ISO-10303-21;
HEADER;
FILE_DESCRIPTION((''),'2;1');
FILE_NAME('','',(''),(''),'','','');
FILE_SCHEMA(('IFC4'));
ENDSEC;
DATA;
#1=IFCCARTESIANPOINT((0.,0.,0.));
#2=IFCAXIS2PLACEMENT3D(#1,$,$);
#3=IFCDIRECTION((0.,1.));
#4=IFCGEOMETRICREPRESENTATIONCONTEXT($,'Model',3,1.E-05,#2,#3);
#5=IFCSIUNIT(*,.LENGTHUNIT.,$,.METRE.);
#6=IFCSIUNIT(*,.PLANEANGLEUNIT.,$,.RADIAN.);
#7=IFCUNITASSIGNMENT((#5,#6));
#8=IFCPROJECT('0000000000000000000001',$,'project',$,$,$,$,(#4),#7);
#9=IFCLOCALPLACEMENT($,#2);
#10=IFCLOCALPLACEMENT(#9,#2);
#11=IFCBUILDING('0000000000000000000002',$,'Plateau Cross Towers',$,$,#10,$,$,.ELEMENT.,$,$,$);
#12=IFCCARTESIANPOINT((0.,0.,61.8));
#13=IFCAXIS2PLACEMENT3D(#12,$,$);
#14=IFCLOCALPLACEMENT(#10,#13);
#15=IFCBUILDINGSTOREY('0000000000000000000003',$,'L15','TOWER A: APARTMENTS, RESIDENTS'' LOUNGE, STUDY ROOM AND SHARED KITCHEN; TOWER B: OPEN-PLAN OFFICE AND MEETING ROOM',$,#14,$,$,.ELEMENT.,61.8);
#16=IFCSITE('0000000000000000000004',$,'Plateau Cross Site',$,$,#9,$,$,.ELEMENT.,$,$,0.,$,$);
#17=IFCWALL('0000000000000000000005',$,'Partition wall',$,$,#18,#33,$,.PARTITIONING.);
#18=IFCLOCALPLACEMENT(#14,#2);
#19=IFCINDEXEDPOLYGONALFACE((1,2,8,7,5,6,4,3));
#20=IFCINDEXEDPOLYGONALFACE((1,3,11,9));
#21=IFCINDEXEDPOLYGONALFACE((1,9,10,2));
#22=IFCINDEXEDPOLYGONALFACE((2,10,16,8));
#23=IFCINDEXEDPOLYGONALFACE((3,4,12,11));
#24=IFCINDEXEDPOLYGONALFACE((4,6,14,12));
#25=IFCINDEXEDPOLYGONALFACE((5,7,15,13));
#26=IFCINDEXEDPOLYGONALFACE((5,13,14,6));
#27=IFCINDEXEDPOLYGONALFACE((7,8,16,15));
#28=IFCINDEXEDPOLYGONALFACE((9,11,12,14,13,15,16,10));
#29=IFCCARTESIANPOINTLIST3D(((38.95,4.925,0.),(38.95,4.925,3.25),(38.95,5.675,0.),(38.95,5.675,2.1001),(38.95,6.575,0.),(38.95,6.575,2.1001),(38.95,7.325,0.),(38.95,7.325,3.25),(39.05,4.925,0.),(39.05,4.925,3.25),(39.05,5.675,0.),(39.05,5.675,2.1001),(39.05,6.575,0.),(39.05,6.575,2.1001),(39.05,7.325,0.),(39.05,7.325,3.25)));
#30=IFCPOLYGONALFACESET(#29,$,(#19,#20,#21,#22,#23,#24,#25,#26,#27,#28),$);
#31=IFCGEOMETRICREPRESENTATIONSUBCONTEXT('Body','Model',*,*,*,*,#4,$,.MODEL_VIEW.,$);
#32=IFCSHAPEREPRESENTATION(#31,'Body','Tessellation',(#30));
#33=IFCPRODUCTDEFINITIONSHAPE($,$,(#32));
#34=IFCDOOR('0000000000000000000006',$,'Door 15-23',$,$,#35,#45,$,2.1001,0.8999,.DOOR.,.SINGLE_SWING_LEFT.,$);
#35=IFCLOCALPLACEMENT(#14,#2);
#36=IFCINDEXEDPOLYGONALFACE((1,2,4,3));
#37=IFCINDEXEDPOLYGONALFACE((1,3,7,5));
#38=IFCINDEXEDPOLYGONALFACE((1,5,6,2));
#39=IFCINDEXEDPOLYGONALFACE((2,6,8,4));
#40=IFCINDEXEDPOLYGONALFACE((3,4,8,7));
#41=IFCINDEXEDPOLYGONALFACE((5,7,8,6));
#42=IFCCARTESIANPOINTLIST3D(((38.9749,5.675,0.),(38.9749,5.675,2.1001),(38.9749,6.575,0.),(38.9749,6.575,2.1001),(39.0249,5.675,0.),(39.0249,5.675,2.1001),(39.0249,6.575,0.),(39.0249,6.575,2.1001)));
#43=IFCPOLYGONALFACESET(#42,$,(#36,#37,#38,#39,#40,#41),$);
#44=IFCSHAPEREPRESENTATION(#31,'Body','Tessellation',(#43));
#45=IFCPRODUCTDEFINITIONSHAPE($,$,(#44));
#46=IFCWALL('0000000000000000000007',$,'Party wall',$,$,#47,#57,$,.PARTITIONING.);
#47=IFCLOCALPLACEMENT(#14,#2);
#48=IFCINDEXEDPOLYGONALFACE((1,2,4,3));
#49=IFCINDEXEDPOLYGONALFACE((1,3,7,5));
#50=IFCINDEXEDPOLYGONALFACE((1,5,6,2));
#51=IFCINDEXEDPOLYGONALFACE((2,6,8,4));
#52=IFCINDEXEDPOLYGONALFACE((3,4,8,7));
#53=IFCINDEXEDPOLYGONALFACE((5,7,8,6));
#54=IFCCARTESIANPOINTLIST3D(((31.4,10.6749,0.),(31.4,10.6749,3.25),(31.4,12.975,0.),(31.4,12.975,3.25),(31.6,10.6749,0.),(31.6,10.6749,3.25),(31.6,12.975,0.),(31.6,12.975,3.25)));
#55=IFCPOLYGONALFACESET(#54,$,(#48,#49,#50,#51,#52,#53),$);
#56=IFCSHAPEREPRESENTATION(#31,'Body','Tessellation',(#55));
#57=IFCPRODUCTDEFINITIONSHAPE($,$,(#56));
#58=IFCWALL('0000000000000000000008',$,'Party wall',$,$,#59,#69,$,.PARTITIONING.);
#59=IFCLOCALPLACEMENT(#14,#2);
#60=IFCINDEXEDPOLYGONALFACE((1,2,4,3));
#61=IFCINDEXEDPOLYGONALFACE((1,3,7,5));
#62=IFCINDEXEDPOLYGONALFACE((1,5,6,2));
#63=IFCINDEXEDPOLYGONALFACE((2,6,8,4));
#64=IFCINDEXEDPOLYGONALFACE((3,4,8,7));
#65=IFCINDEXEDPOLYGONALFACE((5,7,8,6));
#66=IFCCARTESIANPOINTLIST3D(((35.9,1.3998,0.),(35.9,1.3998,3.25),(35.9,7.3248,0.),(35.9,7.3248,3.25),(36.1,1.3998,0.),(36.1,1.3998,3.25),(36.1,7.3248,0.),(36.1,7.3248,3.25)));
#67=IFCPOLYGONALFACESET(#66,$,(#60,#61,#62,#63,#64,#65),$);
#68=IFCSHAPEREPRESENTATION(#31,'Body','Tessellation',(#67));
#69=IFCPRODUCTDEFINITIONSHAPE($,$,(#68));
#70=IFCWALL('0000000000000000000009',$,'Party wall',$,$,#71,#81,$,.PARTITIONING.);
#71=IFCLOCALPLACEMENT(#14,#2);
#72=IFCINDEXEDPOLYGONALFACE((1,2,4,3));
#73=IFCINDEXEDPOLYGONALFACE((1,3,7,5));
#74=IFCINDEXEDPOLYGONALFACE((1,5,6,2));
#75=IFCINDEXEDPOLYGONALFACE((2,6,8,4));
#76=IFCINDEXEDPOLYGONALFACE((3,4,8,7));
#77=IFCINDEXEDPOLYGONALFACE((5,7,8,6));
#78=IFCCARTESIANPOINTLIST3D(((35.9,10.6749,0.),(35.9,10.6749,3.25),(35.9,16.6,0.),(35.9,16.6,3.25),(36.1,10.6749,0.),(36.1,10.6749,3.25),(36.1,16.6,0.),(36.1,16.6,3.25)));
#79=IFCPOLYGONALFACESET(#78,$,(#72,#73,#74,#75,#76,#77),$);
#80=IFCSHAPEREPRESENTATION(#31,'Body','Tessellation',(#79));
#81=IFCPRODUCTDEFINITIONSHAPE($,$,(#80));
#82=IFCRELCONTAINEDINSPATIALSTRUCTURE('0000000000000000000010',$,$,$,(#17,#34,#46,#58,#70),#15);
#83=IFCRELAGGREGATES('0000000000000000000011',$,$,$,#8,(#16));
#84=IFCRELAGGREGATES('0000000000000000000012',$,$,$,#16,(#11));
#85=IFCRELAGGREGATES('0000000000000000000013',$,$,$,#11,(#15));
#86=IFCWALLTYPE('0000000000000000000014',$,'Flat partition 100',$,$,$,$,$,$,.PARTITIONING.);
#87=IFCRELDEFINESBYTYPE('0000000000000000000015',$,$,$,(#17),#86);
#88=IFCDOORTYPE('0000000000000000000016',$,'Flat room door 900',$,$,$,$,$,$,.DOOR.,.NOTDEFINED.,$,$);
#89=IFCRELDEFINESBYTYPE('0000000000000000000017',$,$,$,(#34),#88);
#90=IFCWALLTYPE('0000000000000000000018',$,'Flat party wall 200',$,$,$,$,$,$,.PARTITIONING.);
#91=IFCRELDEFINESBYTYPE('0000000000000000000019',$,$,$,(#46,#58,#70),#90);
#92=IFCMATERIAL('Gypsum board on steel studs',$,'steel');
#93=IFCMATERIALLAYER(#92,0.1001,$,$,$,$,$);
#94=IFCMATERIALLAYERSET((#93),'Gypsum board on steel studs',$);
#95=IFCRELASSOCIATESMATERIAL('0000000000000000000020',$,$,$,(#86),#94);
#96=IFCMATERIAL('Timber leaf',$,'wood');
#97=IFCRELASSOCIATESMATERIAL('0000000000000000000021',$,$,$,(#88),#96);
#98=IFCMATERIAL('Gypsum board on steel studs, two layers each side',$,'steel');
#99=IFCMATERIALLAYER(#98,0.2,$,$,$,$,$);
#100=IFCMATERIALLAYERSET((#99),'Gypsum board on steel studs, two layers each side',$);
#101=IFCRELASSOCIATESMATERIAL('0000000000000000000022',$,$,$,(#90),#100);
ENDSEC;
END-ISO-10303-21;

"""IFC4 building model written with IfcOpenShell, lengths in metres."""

from ifc_helpers import new_model, si_unit, direction, frame, frame_2d, origin, place, context, subcontext, project, spatial, rectangle, extrude, material, layer, layer_set, type_object, element, fill, save


model = new_model("IFC4")

# Units and contexts
model_context = context("Model", 3, precision=1e-05, world=origin(), true_north=direction((0.0, 1.0)))
body_context = subcontext(model_context, "Body", "Model", "MODEL_VIEW")
ifc_project = project(units=[si_unit("LENGTHUNIT", "METRE"), si_unit("PLANEANGLEUNIT", "RADIAN")], contexts=[model_context])

# Site, building, storey
site_placement = place(None, origin())
site = spatial("IfcSite", under=ifc_project, at=site_placement, Name="Plateau Cross Site", CompositionType="ELEMENT", RefElevation=0.0)
building_placement = place(site_placement, origin())
building = spatial("IfcBuilding", under=site, at=building_placement, Name="Plateau Cross Towers", CompositionType="ELEMENT")
storey_placement = place(building_placement, frame((0.0, 0.0, 61.8)))
storey = spatial("IfcBuildingStorey", under=building, at=storey_placement, Name="L15", Description="TOWER A: APARTMENTS, RESIDENTS' LOUNGE, STUDY ROOM AND SHARED KITCHEN; TOWER B: OPEN-PLAN OFFICE AND MEETING ROOM", CompositionType="ELEMENT", Elevation=61.8)

# Shared definitions
ifc_material_1 = material(Name="Gypsum board on steel studs", Category="steel")
ifc_layer_1 = layer(ifc_material_1, 0.1001)
ifc_layer_set_1 = layer_set([ifc_layer_1], Name="Gypsum board on steel studs")
wall_type_1 = type_object("IfcWallType", Name="Flat partition 100", PredefinedType="PARTITIONING", material=ifc_layer_set_1)

# Wall, opening, door
ifc_material_2 = material(Name="Timber leaf", Category="wood")
door_type = type_object("IfcDoorType", Name="Flat room door 900", OperationType="NOTDEFINED", PredefinedType="DOOR", material=ifc_material_2)
wall_1_placement = place(storey_placement, frame((39.0, 7.325, 0.0), z_axis=(0.0, 0.0, 1.0), x_axis=(0.0, -1.0, 0.0)))
wall_1 = element("IfcWall", 1, at=wall_1_placement, inside=storey, type_object=wall_type_1, Name="Partition wall", PredefinedType="PARTITIONING", context=body_context, shape_type="SweptSolid", body=[
    extrude(rectangle(XDim=2.3999, YDim=0.1001, at=frame_2d((1.2, 0.0))), origin(), (0.0, 0.0, 1.0), 3.25),
])
opening_1_placement = place(wall_1_placement, frame((0.75, 0.0, 0.0)))
opening_1 = element("IfcOpeningElement", 2, at=opening_1_placement, cuts=wall_1, PredefinedType="OPENING", context=body_context, shape_type="SweptSolid", body=[
    extrude(rectangle(XDim=0.8999, YDim=2.1001, at=frame_2d((0.45, 1.05))), frame((0.0, 0.0601, 0.0), z_axis=(0.0, -1.0, 0.0), x_axis=(1.0, 0.0, 0.0)), (0.0, 0.0, 1.0), 0.1201),
])
door_1_placement = place(opening_1_placement, origin())
door_1 = element("IfcDoor", 3, at=door_1_placement, inside=storey, type_object=door_type, Name="Door 15-23", OperationType="SINGLE_SWING_LEFT", OverallHeight=2.1001, OverallWidth=0.8999, PredefinedType="DOOR", context=body_context, shape_type="SweptSolid", body=[
    extrude(rectangle(XDim=0.8999, YDim=2.1001, at=frame_2d((0.45, 1.05))), frame((0.0, 0.0249, 0.0), z_axis=(0.0, -1.0, 0.0), x_axis=(1.0, 0.0, 0.0)), (0.0, 0.0, 1.0), 0.05),
])
fill(opening_1, door_1)

# Walls
ifc_material_3 = material(Name="Gypsum board on steel studs, two layers each side", Category="steel")
ifc_layer_2 = layer(ifc_material_3, 0.2)
ifc_layer_set_2 = layer_set([ifc_layer_2], Name="Gypsum board on steel studs, two layers each side")
wall_type_2 = type_object("IfcWallType", Name="Flat party wall 200", PredefinedType="PARTITIONING", material=ifc_layer_set_2)
wall_2_placement = place(storey_placement, frame((31.5, 10.675, 0.0), z_axis=(0.0, 0.0, 1.0), x_axis=(0.0, 1.0, 0.0)))
element("IfcWall", 4, at=wall_2_placement, inside=storey, type_object=wall_type_2, Name="Party wall", PredefinedType="PARTITIONING", context=body_context, shape_type="SweptSolid", body=[
    extrude(rectangle(XDim=2.3, YDim=0.2, at=frame_2d((1.1499, 0.0))), origin(), (0.0, 0.0, 1.0), 3.25),
])
for number, where, z_axis, x_axis, name in (
    (5, (36.0, 1.3999, 0.0), (0.0, 0.0, 1.0), (0.0, 1.0, 0.0), "Party wall"),
    (6, (36.0, 10.675, 0.0), (0.0, 0.0, 1.0), (0.0, 1.0, 0.0), "Party wall"),
):
    element("IfcWall", number, at=place(storey_placement, frame(where, z_axis=z_axis, x_axis=x_axis)), inside=storey, type_object=wall_type_2, Name=name, PredefinedType="PARTITIONING", context=body_context, shape_type="SweptSolid", body=[
        extrude(rectangle(XDim=5.925, YDim=0.2, at=frame_2d((2.9624, 0.0))), origin(), (0.0, 0.0, 1.0), 3.25),
    ])

save(model, "model.ifc")
